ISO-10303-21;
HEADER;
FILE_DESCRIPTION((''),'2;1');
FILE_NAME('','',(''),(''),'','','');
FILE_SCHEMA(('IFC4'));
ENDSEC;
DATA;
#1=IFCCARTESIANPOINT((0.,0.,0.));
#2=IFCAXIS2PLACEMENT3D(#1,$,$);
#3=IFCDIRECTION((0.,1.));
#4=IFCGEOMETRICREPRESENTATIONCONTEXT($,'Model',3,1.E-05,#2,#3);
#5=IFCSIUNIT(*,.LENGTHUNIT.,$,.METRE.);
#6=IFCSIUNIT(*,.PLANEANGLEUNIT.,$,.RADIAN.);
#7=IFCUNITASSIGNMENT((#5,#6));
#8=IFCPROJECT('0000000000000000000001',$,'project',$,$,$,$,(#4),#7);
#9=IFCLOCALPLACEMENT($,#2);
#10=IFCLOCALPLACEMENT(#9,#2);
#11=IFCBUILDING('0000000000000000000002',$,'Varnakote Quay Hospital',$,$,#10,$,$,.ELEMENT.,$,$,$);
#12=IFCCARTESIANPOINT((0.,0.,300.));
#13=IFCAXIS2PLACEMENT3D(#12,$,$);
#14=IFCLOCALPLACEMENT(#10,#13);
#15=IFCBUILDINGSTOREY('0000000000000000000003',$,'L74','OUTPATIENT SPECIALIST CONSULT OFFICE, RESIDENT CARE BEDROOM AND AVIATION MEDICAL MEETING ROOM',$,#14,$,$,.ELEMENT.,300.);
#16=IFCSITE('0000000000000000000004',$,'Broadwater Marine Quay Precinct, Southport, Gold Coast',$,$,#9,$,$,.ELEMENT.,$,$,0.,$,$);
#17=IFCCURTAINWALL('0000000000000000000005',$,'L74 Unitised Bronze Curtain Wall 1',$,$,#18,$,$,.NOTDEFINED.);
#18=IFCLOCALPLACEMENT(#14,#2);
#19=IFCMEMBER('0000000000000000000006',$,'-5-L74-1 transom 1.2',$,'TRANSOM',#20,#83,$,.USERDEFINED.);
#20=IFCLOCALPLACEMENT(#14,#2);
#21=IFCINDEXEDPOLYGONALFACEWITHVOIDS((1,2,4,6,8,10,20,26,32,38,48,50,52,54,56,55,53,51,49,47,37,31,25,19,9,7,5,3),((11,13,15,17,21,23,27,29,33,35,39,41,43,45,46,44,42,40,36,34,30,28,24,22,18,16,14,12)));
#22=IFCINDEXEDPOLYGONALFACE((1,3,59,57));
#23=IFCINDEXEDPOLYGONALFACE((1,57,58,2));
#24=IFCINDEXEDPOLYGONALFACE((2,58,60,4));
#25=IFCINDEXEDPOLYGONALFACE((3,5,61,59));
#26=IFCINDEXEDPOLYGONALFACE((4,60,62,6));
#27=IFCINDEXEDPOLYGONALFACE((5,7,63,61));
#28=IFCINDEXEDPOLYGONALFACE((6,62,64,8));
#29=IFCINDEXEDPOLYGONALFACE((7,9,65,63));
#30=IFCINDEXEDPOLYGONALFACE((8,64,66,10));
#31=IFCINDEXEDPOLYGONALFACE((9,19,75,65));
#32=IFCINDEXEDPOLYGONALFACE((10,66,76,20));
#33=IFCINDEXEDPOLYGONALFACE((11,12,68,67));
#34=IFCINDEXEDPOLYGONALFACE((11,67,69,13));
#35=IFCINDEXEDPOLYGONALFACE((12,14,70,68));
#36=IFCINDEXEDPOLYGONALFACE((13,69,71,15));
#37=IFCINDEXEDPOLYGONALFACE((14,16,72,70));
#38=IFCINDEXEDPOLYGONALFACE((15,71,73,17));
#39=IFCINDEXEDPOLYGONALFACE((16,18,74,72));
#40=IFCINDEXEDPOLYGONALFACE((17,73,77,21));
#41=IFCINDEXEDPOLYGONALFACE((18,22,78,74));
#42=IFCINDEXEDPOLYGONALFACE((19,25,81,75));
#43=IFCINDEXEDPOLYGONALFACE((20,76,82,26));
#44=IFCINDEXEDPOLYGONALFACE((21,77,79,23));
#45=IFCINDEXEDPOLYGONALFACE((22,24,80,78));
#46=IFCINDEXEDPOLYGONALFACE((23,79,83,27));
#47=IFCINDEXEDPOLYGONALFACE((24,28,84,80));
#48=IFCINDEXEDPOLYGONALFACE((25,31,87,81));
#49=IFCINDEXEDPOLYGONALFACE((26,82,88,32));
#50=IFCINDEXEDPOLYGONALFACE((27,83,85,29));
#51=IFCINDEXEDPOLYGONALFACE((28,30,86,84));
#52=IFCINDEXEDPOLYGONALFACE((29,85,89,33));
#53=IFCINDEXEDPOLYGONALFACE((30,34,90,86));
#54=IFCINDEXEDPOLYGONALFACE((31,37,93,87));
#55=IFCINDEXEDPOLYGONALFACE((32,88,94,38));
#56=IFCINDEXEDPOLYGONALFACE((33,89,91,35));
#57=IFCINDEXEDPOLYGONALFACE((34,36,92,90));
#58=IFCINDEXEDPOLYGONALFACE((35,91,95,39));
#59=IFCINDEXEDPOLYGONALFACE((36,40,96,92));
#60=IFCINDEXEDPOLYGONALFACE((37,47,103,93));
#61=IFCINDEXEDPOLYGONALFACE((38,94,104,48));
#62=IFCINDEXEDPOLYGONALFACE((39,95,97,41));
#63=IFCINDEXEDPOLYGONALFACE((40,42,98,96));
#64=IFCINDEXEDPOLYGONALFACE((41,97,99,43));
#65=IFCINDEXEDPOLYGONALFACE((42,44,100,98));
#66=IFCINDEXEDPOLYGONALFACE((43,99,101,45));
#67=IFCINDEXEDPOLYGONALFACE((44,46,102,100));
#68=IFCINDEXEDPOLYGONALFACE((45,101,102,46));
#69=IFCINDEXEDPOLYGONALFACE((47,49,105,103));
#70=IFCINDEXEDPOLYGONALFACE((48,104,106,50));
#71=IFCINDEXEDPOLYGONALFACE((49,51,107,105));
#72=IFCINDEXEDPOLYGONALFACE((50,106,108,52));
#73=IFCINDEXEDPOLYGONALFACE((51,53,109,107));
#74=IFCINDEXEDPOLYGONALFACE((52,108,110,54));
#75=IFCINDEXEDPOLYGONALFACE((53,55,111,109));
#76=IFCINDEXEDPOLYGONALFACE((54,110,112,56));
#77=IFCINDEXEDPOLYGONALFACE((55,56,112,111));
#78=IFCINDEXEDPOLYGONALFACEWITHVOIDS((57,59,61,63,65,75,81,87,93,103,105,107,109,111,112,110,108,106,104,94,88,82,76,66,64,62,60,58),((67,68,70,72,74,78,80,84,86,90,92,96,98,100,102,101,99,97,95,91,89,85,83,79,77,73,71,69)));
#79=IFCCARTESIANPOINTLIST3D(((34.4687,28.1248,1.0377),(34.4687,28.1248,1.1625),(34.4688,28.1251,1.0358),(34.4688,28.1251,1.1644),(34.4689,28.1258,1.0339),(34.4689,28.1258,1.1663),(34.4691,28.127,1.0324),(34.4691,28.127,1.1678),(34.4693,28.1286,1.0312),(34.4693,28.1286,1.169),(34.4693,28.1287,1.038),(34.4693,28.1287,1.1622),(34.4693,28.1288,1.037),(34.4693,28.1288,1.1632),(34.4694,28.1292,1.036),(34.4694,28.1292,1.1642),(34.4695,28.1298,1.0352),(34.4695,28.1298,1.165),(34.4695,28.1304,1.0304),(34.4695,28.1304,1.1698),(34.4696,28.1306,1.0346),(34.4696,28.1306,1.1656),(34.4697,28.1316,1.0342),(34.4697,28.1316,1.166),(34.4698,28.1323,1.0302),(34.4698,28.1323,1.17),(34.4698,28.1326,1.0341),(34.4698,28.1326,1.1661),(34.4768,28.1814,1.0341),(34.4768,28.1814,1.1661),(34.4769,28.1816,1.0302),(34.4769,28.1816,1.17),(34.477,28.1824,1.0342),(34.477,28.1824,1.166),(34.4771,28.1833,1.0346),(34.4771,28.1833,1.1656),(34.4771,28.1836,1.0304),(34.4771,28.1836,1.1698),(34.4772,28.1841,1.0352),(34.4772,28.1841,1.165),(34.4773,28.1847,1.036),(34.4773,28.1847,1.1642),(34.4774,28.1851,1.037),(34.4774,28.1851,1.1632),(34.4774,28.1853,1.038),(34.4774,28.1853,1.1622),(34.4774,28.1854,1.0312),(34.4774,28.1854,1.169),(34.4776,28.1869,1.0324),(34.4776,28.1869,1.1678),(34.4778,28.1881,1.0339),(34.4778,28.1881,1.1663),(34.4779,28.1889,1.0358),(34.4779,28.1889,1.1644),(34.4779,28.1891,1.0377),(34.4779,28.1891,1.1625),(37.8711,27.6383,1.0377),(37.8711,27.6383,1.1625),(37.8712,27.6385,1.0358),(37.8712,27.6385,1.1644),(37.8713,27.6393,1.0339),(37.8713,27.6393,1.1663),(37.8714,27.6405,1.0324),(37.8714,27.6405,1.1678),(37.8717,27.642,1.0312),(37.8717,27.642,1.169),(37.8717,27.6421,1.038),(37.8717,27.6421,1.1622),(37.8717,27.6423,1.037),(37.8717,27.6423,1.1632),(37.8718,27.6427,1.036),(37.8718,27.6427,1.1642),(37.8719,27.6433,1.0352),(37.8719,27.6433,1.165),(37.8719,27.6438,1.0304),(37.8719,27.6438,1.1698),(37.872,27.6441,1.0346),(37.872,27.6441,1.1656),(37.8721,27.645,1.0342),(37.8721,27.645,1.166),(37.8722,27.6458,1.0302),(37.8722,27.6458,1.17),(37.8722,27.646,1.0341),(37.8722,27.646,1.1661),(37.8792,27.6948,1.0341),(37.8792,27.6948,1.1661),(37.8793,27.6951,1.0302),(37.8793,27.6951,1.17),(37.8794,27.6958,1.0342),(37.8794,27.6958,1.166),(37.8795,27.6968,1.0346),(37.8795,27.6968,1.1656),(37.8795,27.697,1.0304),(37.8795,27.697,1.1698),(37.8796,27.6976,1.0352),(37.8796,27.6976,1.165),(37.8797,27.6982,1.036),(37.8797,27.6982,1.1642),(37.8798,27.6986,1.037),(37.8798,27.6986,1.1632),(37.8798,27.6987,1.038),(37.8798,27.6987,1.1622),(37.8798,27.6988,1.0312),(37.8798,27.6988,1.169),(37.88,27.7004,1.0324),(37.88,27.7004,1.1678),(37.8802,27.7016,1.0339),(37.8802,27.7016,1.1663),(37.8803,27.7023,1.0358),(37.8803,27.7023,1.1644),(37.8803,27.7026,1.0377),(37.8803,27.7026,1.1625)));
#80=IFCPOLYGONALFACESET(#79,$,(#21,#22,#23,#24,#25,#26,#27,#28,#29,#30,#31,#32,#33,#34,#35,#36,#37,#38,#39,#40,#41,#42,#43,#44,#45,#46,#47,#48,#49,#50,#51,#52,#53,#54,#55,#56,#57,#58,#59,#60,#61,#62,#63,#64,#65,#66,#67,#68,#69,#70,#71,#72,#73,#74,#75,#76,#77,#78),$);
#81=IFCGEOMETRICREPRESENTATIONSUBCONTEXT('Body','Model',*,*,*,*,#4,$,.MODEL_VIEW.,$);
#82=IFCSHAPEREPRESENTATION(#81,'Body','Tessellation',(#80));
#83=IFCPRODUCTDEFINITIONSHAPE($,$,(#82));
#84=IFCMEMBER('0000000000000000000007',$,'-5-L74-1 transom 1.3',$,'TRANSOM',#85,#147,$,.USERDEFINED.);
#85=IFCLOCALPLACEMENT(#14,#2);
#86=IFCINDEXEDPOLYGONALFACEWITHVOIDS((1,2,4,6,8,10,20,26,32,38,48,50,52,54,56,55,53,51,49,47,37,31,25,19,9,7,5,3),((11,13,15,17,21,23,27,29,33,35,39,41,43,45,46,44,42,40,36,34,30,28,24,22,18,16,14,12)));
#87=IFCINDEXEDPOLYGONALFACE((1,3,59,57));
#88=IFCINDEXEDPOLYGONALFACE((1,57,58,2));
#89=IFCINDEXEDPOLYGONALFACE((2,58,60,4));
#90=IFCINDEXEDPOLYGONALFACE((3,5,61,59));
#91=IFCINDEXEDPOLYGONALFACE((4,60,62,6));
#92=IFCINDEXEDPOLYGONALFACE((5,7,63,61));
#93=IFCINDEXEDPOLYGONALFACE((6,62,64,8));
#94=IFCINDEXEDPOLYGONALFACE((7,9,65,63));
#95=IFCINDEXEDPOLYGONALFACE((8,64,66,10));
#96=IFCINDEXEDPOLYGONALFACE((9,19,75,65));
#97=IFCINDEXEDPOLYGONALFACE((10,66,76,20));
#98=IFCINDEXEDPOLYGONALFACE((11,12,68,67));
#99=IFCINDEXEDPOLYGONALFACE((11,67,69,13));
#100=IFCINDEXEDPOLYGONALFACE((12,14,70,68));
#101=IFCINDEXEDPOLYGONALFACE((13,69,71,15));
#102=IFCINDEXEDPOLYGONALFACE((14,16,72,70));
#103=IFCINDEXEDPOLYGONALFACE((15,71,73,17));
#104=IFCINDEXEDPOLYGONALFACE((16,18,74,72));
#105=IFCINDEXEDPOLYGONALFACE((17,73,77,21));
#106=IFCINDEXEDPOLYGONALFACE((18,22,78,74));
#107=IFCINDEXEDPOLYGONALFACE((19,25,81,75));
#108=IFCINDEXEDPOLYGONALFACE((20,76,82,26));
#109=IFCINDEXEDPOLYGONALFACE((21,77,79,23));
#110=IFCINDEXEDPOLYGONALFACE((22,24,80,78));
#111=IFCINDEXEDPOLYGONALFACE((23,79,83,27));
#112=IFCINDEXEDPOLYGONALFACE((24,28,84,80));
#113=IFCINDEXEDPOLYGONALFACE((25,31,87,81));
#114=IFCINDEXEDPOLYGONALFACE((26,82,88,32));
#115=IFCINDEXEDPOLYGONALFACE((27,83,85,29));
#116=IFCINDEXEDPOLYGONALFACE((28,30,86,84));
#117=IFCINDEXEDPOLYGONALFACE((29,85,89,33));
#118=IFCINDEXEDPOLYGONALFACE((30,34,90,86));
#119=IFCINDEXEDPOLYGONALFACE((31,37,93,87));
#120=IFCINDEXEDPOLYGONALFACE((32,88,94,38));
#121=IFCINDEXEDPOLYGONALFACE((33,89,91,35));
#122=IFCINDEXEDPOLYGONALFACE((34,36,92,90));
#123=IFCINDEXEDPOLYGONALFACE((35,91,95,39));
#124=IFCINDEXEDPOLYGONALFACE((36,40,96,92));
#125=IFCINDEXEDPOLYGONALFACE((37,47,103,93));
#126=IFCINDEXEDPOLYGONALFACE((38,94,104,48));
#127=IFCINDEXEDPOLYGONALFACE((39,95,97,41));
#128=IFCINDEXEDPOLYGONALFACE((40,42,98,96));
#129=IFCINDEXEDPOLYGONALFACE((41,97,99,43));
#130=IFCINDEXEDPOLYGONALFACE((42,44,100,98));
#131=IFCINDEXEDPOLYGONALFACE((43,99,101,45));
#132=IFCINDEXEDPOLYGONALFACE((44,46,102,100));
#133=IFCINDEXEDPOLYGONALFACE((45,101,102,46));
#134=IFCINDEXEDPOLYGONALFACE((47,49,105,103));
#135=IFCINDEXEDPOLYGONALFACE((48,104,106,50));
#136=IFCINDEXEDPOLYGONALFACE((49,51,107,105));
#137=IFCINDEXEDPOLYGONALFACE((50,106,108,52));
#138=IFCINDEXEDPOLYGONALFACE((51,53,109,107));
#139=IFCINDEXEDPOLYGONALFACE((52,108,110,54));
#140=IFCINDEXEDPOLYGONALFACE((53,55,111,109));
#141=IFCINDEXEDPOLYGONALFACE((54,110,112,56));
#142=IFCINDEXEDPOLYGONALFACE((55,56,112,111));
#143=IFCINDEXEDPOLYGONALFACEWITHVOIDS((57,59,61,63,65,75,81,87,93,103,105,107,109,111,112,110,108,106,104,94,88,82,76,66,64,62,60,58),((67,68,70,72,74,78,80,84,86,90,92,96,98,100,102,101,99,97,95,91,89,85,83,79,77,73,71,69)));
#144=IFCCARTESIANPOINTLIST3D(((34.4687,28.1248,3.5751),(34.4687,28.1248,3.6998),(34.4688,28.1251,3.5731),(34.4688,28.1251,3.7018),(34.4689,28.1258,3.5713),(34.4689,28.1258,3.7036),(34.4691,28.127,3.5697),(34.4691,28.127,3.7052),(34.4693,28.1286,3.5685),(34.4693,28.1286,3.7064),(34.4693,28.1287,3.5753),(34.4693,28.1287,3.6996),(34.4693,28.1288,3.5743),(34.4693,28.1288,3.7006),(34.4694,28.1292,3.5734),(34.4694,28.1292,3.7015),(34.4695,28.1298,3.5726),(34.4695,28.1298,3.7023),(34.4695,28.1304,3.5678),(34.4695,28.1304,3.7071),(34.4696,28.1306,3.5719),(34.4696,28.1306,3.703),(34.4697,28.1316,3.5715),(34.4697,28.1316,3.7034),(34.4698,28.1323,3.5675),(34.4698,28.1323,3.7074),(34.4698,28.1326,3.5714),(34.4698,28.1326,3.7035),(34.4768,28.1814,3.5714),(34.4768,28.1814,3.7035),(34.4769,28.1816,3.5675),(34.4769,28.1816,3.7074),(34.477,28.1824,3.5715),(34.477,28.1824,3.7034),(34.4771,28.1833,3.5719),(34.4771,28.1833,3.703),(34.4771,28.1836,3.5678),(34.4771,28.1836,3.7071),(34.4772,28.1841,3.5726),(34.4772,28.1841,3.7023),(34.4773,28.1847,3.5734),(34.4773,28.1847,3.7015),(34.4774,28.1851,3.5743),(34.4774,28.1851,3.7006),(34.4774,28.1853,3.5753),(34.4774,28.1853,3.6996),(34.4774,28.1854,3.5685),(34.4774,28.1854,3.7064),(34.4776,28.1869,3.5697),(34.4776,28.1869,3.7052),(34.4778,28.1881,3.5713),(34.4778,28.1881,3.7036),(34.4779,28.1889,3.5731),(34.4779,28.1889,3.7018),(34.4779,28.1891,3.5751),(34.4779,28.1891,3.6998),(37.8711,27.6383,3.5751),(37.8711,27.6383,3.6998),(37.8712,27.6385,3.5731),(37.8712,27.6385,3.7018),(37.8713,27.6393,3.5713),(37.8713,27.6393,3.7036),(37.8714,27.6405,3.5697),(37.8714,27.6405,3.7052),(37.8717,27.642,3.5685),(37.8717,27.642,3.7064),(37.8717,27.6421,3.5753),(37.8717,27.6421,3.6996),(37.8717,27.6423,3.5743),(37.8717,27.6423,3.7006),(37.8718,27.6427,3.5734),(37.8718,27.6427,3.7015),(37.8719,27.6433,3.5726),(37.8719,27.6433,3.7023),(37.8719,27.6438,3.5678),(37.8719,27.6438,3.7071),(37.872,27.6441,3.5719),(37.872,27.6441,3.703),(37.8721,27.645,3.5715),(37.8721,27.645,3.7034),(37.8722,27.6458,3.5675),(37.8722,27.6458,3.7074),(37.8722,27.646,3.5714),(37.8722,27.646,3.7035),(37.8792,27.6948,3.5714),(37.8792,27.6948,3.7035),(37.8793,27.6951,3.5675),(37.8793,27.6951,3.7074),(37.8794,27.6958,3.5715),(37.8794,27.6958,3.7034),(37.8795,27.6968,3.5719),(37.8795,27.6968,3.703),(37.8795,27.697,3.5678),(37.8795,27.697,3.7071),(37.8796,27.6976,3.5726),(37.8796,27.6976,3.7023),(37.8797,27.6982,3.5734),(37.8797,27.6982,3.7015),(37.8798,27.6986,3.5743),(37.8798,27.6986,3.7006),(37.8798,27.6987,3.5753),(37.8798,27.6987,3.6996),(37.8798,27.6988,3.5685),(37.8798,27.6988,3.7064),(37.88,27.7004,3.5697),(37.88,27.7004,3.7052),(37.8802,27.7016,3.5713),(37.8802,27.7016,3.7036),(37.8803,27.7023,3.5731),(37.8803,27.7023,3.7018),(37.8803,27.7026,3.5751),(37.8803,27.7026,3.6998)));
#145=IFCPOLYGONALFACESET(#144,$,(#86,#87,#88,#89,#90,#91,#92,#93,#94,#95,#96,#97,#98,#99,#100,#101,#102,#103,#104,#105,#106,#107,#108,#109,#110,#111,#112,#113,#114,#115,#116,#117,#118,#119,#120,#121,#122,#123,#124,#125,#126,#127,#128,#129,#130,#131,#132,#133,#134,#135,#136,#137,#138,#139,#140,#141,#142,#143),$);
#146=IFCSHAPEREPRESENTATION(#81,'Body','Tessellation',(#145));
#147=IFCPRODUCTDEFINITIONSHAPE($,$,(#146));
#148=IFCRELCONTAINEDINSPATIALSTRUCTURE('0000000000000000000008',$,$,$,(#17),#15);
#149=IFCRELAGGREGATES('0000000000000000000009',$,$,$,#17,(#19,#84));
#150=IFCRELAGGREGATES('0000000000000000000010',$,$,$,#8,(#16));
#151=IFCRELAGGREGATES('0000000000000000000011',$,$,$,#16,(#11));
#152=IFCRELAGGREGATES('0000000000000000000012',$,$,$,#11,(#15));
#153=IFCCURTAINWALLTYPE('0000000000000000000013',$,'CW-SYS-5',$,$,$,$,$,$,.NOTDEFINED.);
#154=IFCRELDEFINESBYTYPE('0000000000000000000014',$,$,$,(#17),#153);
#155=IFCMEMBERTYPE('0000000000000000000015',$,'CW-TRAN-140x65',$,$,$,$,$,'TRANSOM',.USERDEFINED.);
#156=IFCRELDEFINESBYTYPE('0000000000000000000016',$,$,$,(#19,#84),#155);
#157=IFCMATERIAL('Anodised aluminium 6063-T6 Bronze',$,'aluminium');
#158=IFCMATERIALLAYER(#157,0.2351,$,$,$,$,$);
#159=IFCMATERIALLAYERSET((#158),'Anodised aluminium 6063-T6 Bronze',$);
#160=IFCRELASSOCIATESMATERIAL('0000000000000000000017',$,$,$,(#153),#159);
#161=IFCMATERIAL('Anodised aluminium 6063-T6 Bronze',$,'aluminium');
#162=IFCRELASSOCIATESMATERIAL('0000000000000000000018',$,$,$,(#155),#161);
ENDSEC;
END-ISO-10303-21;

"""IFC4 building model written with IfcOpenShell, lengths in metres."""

from ifc_helpers import new_model, si_unit, direction, frame, origin, origin_2d, place, context, subcontext, project, spatial, hollow_rectangle, extrude, material, layer, layer_set, material_profile, profile_set, type_object, element, aggregate, save


model = new_model("IFC4")

# Units and contexts
model_context = context("Model", 3, precision=1e-05, world=origin(), true_north=direction((0.0, 1.0)))
body_context = subcontext(model_context, "Body", "Model", "MODEL_VIEW")
ifc_project = project(units=[si_unit("LENGTHUNIT", "METRE"), si_unit("PLANEANGLEUNIT", "RADIAN")], contexts=[model_context])

# Site, building, storey
site_placement = place(None, origin())
site = spatial("IfcSite", under=ifc_project, at=site_placement, Name="Broadwater Marine Quay Precinct, Southport, Gold Coast", CompositionType="ELEMENT", RefElevation=0.0)
building_placement = place(site_placement, origin())
building = spatial("IfcBuilding", under=site, at=building_placement, Name="Varnakote Quay Hospital", CompositionType="ELEMENT")
storey_placement = place(building_placement, frame((0.0, 0.0, 300.0)))
storey = spatial("IfcBuildingStorey", under=building, at=storey_placement, Name="L74", Description="OUTPATIENT SPECIALIST CONSULT OFFICE, RESIDENT CARE BEDROOM AND AVIATION MEDICAL MEETING ROOM", CompositionType="ELEMENT", Elevation=300.0)

# Curtain wall, members
ifc_material_1 = material(Name="Anodised aluminium 6063-T6 Bronze", Category="aluminium")
ifc_layer_1 = layer(ifc_material_1, 0.2351)
ifc_layer_set_1 = layer_set([ifc_layer_1], Name="Anodised aluminium 6063-T6 Bronze")
curtain_wall_type = type_object("IfcCurtainWallType", Name="CW-SYS-5", PredefinedType="NOTDEFINED", material=ifc_layer_set_1)
curtain_wall_placement = place(storey_placement, origin())
curtain_wall = element("IfcCurtainWall", 1, at=curtain_wall_placement, inside=storey, type_object=curtain_wall_type, Name="L74 Unitised Bronze Curtain Wall 1", PredefinedType="NOTDEFINED")
ifc_material_2 = material(Name="Anodised aluminium 6063-T6 Bronze", Category="aluminium")
ifc_material_profile_1 = material_profile(ifc_material_2, hollow_rectangle(XDim=0.0649, YDim=0.1399, WallThickness=0.0039, InnerFilletRadius=0.0039, OuterFilletRadius=0.0076, at=origin_2d()), Name="CW-TRAN-140x65")
ifc_profile_set_1 = profile_set([ifc_material_profile_1], Name="Anodised aluminium 6063-T6 Bronze")
member_type_1 = type_object("IfcMemberType", Name="CW-TRAN-140x65", ElementType="TRANSOM", PredefinedType="USERDEFINED", material=ifc_profile_set_1)
member_1_placement = place(storey_placement, frame((37.8757, 27.6704, 1.1001), z_axis=(-0.989928, 0.141571, 0.0), x_axis=(-0.141571, -0.989928, 0.0)))
member_1 = element("IfcMember", 2, at=member_1_placement, type_object=member_type_1, Name="-5-L74-1 transom 1.2", ObjectType="TRANSOM", PredefinedType="USERDEFINED", context=body_context, shape_type="SweptSolid", body=[
    extrude(hollow_rectangle(XDim=0.0649, YDim=0.1399, WallThickness=0.0039, InnerFilletRadius=0.0039, OuterFilletRadius=0.0076, at=origin_2d()), origin(), (0.0, 0.0, 1.0), 3.437),
])
member_2_placement = place(storey_placement, frame((37.8757, 27.6704, 3.6375), z_axis=(-0.989928, 0.141571, 0.0), x_axis=(-0.141571, -0.989928, 0.0)))
member_2 = element("IfcMember", 3, at=member_2_placement, type_object=member_type_1, Name="-5-L74-1 transom 1.3", ObjectType="TRANSOM", PredefinedType="USERDEFINED", context=body_context, shape_type="SweptSolid", body=[
    extrude(hollow_rectangle(XDim=0.0649, YDim=0.1399, WallThickness=0.0039, InnerFilletRadius=0.0039, OuterFilletRadius=0.0076, at=origin_2d()), origin(), (0.0, 0.0, 1.0), 3.437),
])
aggregate(curtain_wall, [member_1, member_2])

save(model, "model.ifc")
